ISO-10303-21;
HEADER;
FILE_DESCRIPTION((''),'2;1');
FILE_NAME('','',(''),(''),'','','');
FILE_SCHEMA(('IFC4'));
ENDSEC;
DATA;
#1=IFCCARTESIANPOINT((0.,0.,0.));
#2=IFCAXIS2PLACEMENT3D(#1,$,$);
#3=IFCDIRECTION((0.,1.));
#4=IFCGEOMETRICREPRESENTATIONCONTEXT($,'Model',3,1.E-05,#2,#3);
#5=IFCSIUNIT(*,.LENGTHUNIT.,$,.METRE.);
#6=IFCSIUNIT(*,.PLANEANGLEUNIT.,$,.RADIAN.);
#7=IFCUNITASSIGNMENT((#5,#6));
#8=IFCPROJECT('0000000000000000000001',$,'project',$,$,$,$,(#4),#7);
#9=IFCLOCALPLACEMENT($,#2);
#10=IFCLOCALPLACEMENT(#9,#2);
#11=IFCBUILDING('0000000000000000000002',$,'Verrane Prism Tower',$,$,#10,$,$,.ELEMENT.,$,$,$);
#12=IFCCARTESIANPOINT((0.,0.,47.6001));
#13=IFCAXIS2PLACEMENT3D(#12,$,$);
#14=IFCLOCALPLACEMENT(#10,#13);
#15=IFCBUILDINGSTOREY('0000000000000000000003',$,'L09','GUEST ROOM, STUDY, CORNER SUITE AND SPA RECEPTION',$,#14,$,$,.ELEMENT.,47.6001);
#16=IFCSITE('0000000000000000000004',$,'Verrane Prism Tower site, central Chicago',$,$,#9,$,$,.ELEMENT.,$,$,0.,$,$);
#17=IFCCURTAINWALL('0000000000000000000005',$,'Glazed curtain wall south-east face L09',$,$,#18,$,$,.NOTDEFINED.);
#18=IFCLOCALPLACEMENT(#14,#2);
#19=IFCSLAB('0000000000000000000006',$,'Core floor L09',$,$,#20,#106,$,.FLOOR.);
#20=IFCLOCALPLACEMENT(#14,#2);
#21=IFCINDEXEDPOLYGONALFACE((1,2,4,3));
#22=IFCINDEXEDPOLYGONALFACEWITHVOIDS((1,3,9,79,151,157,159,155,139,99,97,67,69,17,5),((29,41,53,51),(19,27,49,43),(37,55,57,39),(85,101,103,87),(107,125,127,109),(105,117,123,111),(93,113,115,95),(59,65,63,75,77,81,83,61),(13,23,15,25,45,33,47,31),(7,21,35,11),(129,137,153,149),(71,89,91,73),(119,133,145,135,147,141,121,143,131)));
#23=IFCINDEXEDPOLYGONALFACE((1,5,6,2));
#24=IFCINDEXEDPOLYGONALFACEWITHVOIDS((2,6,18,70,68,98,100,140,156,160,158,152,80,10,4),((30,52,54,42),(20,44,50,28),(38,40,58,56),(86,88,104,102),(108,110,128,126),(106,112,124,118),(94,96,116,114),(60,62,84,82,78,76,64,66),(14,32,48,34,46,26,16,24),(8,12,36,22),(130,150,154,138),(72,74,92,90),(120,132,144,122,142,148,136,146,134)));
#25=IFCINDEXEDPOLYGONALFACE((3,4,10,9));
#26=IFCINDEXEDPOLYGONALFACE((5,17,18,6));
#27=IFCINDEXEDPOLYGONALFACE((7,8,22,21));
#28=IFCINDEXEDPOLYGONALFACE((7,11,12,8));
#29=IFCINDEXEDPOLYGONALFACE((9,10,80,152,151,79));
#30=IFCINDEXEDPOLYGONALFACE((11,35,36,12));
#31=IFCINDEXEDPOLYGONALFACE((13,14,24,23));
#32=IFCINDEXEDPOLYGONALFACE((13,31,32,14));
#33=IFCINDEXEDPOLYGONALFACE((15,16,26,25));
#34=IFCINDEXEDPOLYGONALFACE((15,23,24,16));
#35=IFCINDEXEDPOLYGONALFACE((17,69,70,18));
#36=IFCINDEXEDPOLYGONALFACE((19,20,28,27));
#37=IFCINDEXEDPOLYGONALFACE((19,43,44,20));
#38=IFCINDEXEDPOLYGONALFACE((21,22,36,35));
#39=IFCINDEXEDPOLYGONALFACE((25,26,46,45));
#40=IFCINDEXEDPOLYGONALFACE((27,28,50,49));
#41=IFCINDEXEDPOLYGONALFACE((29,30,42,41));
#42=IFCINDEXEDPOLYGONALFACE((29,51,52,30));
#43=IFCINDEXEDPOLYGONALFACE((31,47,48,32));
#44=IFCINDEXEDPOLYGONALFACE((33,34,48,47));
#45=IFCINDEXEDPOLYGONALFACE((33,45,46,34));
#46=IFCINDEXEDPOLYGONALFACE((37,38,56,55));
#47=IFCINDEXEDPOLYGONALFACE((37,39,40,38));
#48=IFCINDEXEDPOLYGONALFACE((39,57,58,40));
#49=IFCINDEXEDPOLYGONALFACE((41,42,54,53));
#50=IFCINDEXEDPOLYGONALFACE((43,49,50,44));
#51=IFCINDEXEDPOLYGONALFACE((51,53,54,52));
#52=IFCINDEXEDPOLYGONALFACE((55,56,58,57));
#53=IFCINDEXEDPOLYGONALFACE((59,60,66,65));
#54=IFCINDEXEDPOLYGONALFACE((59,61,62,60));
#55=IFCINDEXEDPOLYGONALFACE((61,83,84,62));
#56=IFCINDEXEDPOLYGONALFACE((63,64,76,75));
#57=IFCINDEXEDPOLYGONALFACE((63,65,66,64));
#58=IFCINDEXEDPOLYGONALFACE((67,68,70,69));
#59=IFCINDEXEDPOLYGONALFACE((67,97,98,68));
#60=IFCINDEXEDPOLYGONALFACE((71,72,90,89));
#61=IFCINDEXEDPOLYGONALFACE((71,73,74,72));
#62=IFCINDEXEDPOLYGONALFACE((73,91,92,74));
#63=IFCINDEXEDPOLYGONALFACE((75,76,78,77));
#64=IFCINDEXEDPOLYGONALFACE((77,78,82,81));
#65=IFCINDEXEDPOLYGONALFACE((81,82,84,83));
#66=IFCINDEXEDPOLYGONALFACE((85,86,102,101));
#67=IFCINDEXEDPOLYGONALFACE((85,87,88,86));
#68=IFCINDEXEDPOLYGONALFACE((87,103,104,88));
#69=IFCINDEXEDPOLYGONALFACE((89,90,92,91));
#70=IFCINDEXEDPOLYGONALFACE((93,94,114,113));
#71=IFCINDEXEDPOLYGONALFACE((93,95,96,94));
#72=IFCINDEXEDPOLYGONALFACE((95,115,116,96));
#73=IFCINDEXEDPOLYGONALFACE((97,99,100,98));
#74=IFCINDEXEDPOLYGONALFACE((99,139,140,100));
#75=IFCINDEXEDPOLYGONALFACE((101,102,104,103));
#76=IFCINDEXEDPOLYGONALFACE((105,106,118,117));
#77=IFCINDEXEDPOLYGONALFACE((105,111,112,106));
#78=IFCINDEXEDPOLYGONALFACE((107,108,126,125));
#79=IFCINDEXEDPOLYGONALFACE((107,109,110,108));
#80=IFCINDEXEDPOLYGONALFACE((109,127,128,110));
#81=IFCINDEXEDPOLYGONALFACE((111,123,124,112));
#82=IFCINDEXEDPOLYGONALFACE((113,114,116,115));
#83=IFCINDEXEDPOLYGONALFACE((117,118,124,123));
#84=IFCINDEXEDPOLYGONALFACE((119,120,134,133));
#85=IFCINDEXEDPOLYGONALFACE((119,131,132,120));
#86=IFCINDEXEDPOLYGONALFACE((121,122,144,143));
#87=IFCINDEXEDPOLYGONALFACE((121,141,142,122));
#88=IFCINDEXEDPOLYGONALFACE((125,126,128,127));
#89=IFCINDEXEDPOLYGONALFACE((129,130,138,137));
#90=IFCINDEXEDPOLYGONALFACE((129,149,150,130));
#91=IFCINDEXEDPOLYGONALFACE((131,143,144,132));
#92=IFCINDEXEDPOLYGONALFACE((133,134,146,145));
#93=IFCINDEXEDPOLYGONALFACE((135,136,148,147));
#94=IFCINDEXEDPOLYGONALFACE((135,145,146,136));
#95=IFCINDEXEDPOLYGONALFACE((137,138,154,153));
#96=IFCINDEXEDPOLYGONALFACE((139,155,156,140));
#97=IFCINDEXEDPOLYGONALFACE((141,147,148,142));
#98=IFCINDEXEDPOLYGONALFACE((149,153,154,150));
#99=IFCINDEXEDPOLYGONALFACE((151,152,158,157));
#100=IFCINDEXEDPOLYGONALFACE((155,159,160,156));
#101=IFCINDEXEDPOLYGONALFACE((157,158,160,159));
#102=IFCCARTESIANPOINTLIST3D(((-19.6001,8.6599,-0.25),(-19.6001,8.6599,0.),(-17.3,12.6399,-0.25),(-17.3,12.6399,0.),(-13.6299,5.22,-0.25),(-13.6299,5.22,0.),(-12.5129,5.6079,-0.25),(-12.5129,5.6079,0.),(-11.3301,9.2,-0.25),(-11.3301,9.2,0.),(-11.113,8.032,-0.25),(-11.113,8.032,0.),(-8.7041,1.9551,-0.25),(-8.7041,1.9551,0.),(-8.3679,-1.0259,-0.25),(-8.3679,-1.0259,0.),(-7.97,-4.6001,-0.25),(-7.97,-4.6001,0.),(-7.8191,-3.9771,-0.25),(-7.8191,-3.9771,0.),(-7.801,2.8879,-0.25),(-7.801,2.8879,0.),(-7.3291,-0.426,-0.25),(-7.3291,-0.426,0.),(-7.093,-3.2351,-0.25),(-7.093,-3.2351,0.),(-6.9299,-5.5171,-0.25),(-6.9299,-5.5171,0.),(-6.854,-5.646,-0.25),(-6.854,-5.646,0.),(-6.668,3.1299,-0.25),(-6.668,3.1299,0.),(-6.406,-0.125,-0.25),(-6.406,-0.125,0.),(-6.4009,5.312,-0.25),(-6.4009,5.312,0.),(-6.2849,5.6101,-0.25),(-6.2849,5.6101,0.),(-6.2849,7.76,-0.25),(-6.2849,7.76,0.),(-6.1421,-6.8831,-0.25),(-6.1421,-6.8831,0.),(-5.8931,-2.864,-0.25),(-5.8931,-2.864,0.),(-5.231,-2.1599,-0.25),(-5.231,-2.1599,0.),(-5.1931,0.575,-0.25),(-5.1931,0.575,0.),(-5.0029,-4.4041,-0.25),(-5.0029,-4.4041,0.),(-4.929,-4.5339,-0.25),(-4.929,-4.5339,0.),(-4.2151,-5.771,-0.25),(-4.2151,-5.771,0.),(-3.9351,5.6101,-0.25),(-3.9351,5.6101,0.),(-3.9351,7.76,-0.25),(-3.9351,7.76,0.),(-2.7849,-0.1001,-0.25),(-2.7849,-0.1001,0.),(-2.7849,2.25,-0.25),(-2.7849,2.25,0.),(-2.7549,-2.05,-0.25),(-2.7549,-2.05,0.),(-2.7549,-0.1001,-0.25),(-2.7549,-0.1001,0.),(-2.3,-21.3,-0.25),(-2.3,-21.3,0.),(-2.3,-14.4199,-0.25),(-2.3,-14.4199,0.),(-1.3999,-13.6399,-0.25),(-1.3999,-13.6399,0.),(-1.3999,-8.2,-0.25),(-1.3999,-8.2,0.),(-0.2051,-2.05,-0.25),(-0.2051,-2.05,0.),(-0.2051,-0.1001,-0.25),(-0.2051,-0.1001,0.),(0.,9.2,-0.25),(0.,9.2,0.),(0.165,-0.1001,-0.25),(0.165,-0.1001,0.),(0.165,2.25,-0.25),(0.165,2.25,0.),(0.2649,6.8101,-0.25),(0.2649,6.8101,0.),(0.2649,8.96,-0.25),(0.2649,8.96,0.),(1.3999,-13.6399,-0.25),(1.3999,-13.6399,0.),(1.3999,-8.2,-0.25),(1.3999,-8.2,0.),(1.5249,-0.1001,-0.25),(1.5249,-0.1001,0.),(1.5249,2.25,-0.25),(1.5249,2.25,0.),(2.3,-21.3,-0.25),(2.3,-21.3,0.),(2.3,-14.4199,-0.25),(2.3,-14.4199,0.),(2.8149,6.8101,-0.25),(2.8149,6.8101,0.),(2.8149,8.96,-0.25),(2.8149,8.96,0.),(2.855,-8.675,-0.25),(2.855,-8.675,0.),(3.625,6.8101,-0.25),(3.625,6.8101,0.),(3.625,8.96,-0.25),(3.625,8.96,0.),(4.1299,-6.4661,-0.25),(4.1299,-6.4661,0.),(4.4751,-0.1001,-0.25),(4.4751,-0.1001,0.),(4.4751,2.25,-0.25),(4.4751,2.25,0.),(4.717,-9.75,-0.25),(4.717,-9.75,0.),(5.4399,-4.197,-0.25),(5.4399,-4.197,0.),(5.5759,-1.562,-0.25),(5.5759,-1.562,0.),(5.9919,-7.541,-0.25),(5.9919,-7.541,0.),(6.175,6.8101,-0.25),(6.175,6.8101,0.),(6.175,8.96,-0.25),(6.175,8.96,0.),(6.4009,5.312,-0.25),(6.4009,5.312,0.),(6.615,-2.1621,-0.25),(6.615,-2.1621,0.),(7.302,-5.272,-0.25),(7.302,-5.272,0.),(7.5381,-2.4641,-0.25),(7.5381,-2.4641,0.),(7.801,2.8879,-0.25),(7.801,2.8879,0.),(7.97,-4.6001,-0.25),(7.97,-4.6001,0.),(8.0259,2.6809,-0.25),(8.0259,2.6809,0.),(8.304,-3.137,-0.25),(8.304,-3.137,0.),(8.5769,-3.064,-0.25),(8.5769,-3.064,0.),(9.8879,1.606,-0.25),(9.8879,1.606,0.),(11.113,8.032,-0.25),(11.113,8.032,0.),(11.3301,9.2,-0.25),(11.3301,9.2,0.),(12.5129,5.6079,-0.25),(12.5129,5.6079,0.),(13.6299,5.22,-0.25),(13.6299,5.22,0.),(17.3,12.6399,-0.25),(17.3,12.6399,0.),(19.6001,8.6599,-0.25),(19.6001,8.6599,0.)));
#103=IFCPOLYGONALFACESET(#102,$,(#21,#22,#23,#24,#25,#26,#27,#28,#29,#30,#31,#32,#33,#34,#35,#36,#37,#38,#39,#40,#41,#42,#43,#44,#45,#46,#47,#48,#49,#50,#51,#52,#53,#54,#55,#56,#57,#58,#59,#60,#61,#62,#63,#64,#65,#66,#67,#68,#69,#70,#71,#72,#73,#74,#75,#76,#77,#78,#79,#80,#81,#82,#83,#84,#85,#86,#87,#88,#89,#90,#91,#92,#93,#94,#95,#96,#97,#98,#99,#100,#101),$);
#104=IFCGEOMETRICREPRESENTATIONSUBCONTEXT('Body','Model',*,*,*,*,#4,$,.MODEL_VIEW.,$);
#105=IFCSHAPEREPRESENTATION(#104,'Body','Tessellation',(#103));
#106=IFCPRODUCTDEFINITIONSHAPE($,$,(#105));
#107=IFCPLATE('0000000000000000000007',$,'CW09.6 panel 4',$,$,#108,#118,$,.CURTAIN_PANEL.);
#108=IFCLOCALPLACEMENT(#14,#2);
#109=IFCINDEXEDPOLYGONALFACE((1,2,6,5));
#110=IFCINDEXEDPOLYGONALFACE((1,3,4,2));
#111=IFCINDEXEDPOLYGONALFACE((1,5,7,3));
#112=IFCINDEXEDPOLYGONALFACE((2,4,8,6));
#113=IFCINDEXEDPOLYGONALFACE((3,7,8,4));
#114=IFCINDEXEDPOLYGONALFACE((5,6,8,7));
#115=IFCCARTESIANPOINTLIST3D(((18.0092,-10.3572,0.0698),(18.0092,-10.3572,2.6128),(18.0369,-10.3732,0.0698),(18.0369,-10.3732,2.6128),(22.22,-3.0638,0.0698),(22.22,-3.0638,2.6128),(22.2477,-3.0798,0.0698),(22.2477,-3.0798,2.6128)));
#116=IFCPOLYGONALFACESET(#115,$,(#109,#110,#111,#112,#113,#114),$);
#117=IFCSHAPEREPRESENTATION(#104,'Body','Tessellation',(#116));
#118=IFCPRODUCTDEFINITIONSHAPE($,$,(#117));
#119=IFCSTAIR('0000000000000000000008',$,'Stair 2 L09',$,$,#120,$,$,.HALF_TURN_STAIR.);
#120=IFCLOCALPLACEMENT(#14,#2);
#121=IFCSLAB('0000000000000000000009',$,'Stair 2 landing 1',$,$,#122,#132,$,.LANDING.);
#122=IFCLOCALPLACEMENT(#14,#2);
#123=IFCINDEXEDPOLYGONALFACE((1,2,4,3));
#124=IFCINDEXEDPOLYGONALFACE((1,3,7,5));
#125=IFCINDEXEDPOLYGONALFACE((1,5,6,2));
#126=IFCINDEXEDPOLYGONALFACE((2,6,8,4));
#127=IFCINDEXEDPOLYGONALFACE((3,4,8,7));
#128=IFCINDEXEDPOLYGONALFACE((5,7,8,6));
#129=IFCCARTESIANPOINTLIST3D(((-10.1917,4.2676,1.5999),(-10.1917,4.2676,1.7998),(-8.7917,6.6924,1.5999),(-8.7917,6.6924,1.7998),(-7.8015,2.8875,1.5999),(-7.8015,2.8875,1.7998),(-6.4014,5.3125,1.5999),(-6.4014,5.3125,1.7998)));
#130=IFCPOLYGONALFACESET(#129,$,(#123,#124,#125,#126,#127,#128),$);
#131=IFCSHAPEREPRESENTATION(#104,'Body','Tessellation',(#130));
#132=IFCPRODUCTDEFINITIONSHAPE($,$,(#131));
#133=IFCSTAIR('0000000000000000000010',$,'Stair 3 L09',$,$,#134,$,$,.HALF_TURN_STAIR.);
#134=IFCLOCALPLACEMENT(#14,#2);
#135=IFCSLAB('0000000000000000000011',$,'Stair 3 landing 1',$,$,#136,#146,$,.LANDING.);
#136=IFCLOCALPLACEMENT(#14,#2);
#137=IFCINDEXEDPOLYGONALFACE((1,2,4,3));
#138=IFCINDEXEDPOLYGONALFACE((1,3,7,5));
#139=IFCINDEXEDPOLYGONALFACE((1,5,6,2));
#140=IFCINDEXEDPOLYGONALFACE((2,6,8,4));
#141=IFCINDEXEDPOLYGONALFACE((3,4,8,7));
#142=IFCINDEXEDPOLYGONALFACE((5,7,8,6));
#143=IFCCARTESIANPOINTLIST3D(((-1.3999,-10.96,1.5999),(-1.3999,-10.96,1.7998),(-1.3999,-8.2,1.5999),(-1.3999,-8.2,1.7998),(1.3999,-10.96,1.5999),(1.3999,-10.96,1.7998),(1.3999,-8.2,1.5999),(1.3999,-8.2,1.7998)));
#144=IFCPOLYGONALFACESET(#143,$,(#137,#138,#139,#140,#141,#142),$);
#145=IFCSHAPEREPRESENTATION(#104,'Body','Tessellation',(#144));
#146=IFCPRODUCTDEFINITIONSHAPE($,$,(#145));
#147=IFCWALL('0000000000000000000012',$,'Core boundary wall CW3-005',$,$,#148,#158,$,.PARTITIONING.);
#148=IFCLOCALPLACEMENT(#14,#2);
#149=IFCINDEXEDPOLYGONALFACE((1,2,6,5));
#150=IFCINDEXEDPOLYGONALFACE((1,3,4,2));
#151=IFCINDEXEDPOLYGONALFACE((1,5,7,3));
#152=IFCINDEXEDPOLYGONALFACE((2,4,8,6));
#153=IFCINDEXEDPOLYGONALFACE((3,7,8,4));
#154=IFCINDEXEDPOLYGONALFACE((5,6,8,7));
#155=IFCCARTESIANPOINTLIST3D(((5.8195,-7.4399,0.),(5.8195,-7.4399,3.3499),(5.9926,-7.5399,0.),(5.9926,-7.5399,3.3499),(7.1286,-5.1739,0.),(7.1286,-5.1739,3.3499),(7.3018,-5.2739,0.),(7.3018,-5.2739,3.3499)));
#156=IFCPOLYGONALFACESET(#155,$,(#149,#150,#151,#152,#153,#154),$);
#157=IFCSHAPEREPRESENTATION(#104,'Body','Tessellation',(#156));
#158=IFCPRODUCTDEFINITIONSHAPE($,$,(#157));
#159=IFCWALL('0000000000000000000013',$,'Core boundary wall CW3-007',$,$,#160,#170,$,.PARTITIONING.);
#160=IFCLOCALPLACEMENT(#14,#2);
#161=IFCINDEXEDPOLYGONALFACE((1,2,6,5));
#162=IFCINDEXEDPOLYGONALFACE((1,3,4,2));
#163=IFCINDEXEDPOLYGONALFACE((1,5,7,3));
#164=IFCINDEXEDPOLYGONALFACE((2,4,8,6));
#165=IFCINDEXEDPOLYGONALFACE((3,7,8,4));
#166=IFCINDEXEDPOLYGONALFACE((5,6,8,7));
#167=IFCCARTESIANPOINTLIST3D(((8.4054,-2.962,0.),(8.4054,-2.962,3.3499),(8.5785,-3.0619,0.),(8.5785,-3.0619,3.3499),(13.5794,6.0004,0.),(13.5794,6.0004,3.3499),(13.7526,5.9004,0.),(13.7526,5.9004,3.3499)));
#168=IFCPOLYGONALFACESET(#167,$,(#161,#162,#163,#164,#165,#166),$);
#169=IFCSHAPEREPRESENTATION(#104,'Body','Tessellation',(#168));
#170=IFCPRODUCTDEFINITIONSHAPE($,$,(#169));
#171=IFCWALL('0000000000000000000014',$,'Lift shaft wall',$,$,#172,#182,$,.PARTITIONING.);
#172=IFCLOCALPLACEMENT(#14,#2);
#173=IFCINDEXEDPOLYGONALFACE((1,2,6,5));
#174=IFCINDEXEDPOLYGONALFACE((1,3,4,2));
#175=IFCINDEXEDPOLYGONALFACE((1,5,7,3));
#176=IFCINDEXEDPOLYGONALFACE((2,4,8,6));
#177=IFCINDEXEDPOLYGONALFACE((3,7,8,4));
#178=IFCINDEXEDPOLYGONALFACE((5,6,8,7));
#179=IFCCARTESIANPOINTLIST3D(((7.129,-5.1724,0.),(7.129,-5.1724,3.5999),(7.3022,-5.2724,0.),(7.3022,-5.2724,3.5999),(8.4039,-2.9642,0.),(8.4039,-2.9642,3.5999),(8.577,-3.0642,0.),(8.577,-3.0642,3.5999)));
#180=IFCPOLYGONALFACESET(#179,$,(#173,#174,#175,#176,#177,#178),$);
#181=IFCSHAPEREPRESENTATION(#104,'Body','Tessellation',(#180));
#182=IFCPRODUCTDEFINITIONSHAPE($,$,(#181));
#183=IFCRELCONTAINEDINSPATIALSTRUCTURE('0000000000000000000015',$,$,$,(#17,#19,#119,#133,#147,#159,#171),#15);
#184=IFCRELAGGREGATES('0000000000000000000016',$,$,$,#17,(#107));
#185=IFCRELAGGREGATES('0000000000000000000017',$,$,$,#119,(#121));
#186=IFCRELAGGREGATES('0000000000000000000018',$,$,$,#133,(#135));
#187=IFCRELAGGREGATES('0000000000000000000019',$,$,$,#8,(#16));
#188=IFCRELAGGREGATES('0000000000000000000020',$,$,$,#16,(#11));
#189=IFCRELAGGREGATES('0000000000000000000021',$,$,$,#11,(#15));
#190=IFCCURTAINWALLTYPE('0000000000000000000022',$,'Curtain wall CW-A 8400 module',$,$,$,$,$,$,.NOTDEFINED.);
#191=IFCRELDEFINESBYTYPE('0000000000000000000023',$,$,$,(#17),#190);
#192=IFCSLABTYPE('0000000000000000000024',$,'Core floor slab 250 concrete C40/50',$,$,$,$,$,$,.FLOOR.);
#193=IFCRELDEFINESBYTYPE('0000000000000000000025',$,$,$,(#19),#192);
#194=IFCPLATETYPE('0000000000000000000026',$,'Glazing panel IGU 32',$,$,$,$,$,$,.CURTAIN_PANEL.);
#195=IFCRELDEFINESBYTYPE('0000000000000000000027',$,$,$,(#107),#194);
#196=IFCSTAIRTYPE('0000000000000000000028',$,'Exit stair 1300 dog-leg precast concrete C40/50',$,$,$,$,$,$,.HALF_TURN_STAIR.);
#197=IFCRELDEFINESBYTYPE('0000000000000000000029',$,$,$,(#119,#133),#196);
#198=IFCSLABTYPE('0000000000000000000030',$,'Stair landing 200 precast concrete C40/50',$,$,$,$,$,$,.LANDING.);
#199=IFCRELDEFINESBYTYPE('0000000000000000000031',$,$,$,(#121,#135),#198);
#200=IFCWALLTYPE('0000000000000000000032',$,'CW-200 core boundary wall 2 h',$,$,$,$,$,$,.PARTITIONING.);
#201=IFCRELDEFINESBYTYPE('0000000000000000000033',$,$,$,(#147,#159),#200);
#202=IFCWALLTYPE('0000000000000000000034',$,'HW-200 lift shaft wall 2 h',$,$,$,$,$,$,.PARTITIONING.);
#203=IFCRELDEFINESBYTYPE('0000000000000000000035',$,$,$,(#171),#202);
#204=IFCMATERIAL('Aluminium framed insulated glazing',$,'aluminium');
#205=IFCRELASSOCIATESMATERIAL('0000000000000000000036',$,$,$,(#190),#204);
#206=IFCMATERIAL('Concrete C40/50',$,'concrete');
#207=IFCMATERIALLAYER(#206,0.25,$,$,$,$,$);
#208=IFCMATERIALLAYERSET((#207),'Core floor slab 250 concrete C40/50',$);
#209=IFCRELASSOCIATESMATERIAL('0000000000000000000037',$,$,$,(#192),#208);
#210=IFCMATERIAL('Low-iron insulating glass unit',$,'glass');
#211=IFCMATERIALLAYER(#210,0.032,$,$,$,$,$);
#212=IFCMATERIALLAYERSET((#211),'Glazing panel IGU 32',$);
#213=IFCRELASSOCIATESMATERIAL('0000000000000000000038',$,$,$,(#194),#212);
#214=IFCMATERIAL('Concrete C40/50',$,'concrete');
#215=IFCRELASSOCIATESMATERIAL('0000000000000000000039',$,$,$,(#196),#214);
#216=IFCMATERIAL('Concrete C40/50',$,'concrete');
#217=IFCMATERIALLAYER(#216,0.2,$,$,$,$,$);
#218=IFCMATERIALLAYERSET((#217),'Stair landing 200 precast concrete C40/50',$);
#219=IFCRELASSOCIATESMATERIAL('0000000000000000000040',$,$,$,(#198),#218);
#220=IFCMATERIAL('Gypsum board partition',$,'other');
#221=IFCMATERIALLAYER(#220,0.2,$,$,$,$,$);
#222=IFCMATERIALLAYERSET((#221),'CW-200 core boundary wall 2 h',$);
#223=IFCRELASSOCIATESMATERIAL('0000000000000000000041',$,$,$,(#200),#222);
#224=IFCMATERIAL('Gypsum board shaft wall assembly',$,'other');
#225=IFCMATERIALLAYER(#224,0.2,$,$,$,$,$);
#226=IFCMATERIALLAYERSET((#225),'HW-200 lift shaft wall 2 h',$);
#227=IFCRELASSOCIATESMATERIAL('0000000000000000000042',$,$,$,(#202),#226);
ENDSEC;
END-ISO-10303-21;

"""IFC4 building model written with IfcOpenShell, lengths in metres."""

from ifc_helpers import new_model, si_unit, direction, frame, frame_2d, origin, origin_2d, place, context, subcontext, project, spatial, polyline, rectangle, outline, extrude, material, layer, layer_set, type_object, element, aggregate, save


model = new_model("IFC4")

# Units and contexts
model_context = context("Model", 3, precision=1e-05, world=origin(), true_north=direction((0.0, 1.0)))
body_context = subcontext(model_context, "Body", "Model", "MODEL_VIEW")
ifc_project = project(units=[si_unit("LENGTHUNIT", "METRE"), si_unit("PLANEANGLEUNIT", "RADIAN")], contexts=[model_context])

# Site, building, storey
site_placement = place(None, origin())
site = spatial("IfcSite", under=ifc_project, at=site_placement, Name="Verrane Prism Tower site, central Chicago", CompositionType="ELEMENT", RefElevation=0.0)
building_placement = place(site_placement, origin())
building = spatial("IfcBuilding", under=site, at=building_placement, Name="Verrane Prism Tower", CompositionType="ELEMENT")
storey_placement = place(building_placement, frame((0.0, 0.0, 47.6001)))
storey = spatial("IfcBuildingStorey", under=building, at=storey_placement, Name="L09", Description="GUEST ROOM, STUDY, CORNER SUITE AND SPA RECEPTION", CompositionType="ELEMENT", Elevation=47.6001)

# Curtain wall
ifc_material_1 = material(Name="Aluminium framed insulated glazing", Category="aluminium")
curtain_wall_type = type_object("IfcCurtainWallType", Name="Curtain wall CW-A 8400 module", PredefinedType="NOTDEFINED", material=ifc_material_1)
curtain_wall_placement = place(storey_placement, origin())
curtain_wall = element("IfcCurtainWall", 1, at=curtain_wall_placement, inside=storey, type_object=curtain_wall_type, Name="Glazed curtain wall south-east face L09", PredefinedType="NOTDEFINED")

# Slab
ifc_material_2 = material(Name="Concrete C40/50", Category="concrete")
ifc_layer_1 = layer(ifc_material_2, 0.25)
ifc_layer_set_1 = layer_set([ifc_layer_1], Name="Core floor slab 250 concrete C40/50")
slab_type_1 = type_object("IfcSlabType", Name="Core floor slab 250 concrete C40/50", PredefinedType="FLOOR", material=ifc_layer_set_1)
slab_1_placement = place(storey_placement, frame((0.0, 0.0, -0.25)))
element("IfcSlab", 2, at=slab_1_placement, inside=storey, type_object=slab_type_1, Name="Core floor L09", PredefinedType="FLOOR", context=body_context, shape_type="SweptSolid", body=[
    extrude(outline(polyline([(13.6299, 5.22), (19.6001, 8.6599), (17.3, 12.6399), (11.3301, 9.2), (0.0, 9.2), (-11.3301, 9.2), (-17.3, 12.6399), (-19.6001, 8.6599), (-13.6299, 5.22), (-7.97, -4.6001), (-2.3, -14.4199), (-2.3, -21.3), (2.3, -21.3), (2.3, -14.4199), (7.97, -4.6001), (13.6299, 5.22)]), holes=[polyline([(1.3999, -8.2), (1.3999, -13.6399), (-1.3999, -13.6399), (-1.3999, -8.2), (1.3999, -8.2)]), polyline([(-4.2151, -5.771), (-6.1421, -6.8831), (-6.854, -5.646), (-4.929, -4.5339), (-4.2151, -5.771)]), polyline([(-5.0029, -4.4041), (-6.9299, -5.5171), (-7.8191, -3.9771), (-5.8931, -2.864), (-5.0029, -4.4041)]), polyline([(0.165, 2.25), (0.165, -0.1001), (-0.2051, -0.1001), (-0.2051, -2.05), (-2.7549, -2.05), (-2.7549, -0.1001), (-2.7849, -0.1001), (-2.7849, 2.25), (0.165, 2.25)]), polyline([(-12.5129, 5.6079), (-11.113, 8.032), (-6.4009, 5.312), (-7.801, 2.8879), (-12.5129, 5.6079)]), polyline([(-6.2849, 5.6101), (-6.2849, 7.76), (-3.9351, 7.76), (-3.9351, 5.6101), (-6.2849, 5.6101)]), polyline([(4.717, -9.75), (2.855, -8.675), (4.1299, -6.4661), (5.9919, -7.541), (4.717, -9.75)]), polyline([(8.304, -3.137), (5.5759, -1.562), (8.0259, 2.6809), (9.8879, 1.606), (7.5381, -2.4641), (8.5769, -3.064), (7.302, -5.272), (5.4399, -4.197), (6.615, -2.1621), (8.304, -3.137)]), polyline([(1.5249, -0.1001), (1.5249, 2.25), (4.4751, 2.25), (4.4751, -0.1001), (1.5249, -0.1001)]), polyline([(6.4009, 5.312), (11.113, 8.032), (12.5129, 5.6079), (7.801, 2.8879), (6.4009, 5.312)]), polyline([(0.2649, 6.8101), (0.2649, 8.96), (2.8149, 8.96), (2.8149, 6.8101), (0.2649, 6.8101)]), polyline([(3.625, 6.8101), (3.625, 8.96), (6.175, 8.96), (6.175, 6.8101), (3.625, 6.8101)]), polyline([(-5.231, -2.1599), (-7.093, -3.2351), (-8.3679, -1.0259), (-7.3291, -0.426), (-8.7041, 1.9551), (-6.668, 3.1299), (-5.1931, 0.575), (-6.406, -0.125), (-5.231, -2.1599)])]), origin(), (0.0, 0.0, 1.0), 0.25),
])

# Plate
ifc_material_3 = material(Name="Low-iron insulating glass unit", Category="glass")
ifc_layer_2 = layer(ifc_material_3, 0.032)
ifc_layer_set_2 = layer_set([ifc_layer_2], Name="Glazing panel IGU 32")
plate_type = type_object("IfcPlateType", Name="Glazing panel IGU 32", PredefinedType="CURTAIN_PANEL", material=ifc_layer_set_2)
plate_placement = place(storey_placement, frame((20.1284, -6.7185, 0.0698), z_axis=(0.0, 0.0, 1.0), x_axis=(0.499999, 0.866026, 0.0)))
plate = element("IfcPlate", 3, at=plate_placement, type_object=plate_type, Name="CW09.6 panel 4", PredefinedType="CURTAIN_PANEL", context=body_context, shape_type="SweptSolid", body=[
    extrude(rectangle(XDim=8.4216, YDim=0.032, at=origin_2d()), origin(), (0.0, 0.0, 1.0), 2.543),
])
aggregate(curtain_wall, [plate])

# Stairs, slabs
ifc_material_4 = material(Name="Concrete C40/50", Category="concrete")
stair_type = type_object("IfcStairType", Name="Exit stair 1300 dog-leg precast concrete C40/50", PredefinedType="HALF_TURN_STAIR", material=ifc_material_4)
stair_1_placement = place(storey_placement, origin())
stair_1 = element("IfcStair", 4, at=stair_1_placement, inside=storey, type_object=stair_type, Name="Stair 2 L09", PredefinedType="HALF_TURN_STAIR")
ifc_material_5 = material(Name="Concrete C40/50", Category="concrete")
ifc_layer_3 = layer(ifc_material_5, 0.2)
ifc_layer_set_3 = layer_set([ifc_layer_3], Name="Stair landing 200 precast concrete C40/50")
slab_type_2 = type_object("IfcSlabType", Name="Stair landing 200 precast concrete C40/50", PredefinedType="LANDING", material=ifc_layer_set_3)
slab_2_placement = place(storey_placement, frame((0.0, 0.0, 1.5999)))
slab_2 = element("IfcSlab", 5, at=slab_2_placement, type_object=slab_type_2, Name="Stair 2 landing 1", PredefinedType="LANDING", context=body_context, shape_type="SweptSolid", body=[
    extrude(outline(polyline([(-10.1917, 4.2676), (-7.8015, 2.8875), (-6.4014, 5.3125), (-8.7917, 6.6924), (-10.1917, 4.2676)])), origin(), (0.0, 0.0, 1.0), 0.2),
])
aggregate(stair_1, [slab_2])
stair_2_placement = place(storey_placement, origin())
stair_2 = element("IfcStair", 6, at=stair_2_placement, inside=storey, type_object=stair_type, Name="Stair 3 L09", PredefinedType="HALF_TURN_STAIR")
slab_3_placement = place(storey_placement, frame((0.0, 0.0, 1.5999)))
slab_3 = element("IfcSlab", 7, at=slab_3_placement, type_object=slab_type_2, Name="Stair 3 landing 1", PredefinedType="LANDING", context=body_context, shape_type="SweptSolid", body=[
    extrude(outline(polyline([(1.3999, -10.96), (1.3999, -8.2), (-1.3999, -8.2), (-1.3999, -10.96), (1.3999, -10.96)])), origin(), (0.0, 0.0, 1.0), 0.2),
])
aggregate(stair_2, [slab_3])

# Walls
ifc_material_6 = material(Name="Gypsum board partition", Category="other")
ifc_layer_4 = layer(ifc_material_6, 0.2)
ifc_layer_set_4 = layer_set([ifc_layer_4], Name="CW-200 core boundary wall 2 h")
wall_type_1 = type_object("IfcWallType", Name="CW-200 core boundary wall 2 h", PredefinedType="PARTITIONING", material=ifc_layer_set_4)
wall_1_placement = place(storey_placement, frame((5.906, -7.49, 0.0), z_axis=(0.0, 0.0, 1.0), x_axis=(0.500253, 0.865879, 0.0)))
element("IfcWall", 8, at=wall_1_placement, inside=storey, type_object=wall_type_1, Name="Core boundary wall CW3-005", PredefinedType="PARTITIONING", context=body_context, shape_type="SweptSolid", body=[
    extrude(rectangle(XDim=2.6169, YDim=0.2, at=frame_2d((1.3086, 0.0))), origin(), (0.0, 0.0, 1.0), 3.3499),
])
wall_2_placement = place(storey_placement, frame((8.4919, -3.012, 0.0), z_axis=(0.0, 0.0, 1.0), x_axis=(0.499973, 0.866041, 0.0)))
element("IfcWall", 9, at=wall_2_placement, inside=storey, type_object=wall_type_1, Name="Core boundary wall CW3-007", PredefinedType="PARTITIONING", context=body_context, shape_type="SweptSolid", body=[
    extrude(rectangle(XDim=10.3486, YDim=0.2, at=frame_2d((5.1743, 0.0))), origin(), (0.0, 0.0, 1.0), 3.3499),
])
ifc_material_7 = material(Name="Gypsum board shaft wall assembly", Category="other")
ifc_layer_5 = layer(ifc_material_7, 0.2)
ifc_layer_set_5 = layer_set([ifc_layer_5], Name="HW-200 lift shaft wall 2 h")
wall_type_2 = type_object("IfcWallType", Name="HW-200 lift shaft wall 2 h", PredefinedType="PARTITIONING", material=ifc_layer_set_5)
wall_3_placement = place(storey_placement, frame((7.2156, -5.2224, 0.0), z_axis=(0.0, 0.0, 1.0), x_axis=(0.49999, 0.866031, 0.0)))
element("IfcWall", 10, at=wall_3_placement, inside=storey, type_object=wall_type_2, Name="Lift shaft wall", PredefinedType="PARTITIONING", context=body_context, shape_type="SweptSolid", body=[
    extrude(rectangle(XDim=2.5498, YDim=0.2, at=frame_2d((1.2749, 0.0))), origin(), (0.0, 0.0, 1.0), 3.5999),
])

save(model, "model.ifc")
